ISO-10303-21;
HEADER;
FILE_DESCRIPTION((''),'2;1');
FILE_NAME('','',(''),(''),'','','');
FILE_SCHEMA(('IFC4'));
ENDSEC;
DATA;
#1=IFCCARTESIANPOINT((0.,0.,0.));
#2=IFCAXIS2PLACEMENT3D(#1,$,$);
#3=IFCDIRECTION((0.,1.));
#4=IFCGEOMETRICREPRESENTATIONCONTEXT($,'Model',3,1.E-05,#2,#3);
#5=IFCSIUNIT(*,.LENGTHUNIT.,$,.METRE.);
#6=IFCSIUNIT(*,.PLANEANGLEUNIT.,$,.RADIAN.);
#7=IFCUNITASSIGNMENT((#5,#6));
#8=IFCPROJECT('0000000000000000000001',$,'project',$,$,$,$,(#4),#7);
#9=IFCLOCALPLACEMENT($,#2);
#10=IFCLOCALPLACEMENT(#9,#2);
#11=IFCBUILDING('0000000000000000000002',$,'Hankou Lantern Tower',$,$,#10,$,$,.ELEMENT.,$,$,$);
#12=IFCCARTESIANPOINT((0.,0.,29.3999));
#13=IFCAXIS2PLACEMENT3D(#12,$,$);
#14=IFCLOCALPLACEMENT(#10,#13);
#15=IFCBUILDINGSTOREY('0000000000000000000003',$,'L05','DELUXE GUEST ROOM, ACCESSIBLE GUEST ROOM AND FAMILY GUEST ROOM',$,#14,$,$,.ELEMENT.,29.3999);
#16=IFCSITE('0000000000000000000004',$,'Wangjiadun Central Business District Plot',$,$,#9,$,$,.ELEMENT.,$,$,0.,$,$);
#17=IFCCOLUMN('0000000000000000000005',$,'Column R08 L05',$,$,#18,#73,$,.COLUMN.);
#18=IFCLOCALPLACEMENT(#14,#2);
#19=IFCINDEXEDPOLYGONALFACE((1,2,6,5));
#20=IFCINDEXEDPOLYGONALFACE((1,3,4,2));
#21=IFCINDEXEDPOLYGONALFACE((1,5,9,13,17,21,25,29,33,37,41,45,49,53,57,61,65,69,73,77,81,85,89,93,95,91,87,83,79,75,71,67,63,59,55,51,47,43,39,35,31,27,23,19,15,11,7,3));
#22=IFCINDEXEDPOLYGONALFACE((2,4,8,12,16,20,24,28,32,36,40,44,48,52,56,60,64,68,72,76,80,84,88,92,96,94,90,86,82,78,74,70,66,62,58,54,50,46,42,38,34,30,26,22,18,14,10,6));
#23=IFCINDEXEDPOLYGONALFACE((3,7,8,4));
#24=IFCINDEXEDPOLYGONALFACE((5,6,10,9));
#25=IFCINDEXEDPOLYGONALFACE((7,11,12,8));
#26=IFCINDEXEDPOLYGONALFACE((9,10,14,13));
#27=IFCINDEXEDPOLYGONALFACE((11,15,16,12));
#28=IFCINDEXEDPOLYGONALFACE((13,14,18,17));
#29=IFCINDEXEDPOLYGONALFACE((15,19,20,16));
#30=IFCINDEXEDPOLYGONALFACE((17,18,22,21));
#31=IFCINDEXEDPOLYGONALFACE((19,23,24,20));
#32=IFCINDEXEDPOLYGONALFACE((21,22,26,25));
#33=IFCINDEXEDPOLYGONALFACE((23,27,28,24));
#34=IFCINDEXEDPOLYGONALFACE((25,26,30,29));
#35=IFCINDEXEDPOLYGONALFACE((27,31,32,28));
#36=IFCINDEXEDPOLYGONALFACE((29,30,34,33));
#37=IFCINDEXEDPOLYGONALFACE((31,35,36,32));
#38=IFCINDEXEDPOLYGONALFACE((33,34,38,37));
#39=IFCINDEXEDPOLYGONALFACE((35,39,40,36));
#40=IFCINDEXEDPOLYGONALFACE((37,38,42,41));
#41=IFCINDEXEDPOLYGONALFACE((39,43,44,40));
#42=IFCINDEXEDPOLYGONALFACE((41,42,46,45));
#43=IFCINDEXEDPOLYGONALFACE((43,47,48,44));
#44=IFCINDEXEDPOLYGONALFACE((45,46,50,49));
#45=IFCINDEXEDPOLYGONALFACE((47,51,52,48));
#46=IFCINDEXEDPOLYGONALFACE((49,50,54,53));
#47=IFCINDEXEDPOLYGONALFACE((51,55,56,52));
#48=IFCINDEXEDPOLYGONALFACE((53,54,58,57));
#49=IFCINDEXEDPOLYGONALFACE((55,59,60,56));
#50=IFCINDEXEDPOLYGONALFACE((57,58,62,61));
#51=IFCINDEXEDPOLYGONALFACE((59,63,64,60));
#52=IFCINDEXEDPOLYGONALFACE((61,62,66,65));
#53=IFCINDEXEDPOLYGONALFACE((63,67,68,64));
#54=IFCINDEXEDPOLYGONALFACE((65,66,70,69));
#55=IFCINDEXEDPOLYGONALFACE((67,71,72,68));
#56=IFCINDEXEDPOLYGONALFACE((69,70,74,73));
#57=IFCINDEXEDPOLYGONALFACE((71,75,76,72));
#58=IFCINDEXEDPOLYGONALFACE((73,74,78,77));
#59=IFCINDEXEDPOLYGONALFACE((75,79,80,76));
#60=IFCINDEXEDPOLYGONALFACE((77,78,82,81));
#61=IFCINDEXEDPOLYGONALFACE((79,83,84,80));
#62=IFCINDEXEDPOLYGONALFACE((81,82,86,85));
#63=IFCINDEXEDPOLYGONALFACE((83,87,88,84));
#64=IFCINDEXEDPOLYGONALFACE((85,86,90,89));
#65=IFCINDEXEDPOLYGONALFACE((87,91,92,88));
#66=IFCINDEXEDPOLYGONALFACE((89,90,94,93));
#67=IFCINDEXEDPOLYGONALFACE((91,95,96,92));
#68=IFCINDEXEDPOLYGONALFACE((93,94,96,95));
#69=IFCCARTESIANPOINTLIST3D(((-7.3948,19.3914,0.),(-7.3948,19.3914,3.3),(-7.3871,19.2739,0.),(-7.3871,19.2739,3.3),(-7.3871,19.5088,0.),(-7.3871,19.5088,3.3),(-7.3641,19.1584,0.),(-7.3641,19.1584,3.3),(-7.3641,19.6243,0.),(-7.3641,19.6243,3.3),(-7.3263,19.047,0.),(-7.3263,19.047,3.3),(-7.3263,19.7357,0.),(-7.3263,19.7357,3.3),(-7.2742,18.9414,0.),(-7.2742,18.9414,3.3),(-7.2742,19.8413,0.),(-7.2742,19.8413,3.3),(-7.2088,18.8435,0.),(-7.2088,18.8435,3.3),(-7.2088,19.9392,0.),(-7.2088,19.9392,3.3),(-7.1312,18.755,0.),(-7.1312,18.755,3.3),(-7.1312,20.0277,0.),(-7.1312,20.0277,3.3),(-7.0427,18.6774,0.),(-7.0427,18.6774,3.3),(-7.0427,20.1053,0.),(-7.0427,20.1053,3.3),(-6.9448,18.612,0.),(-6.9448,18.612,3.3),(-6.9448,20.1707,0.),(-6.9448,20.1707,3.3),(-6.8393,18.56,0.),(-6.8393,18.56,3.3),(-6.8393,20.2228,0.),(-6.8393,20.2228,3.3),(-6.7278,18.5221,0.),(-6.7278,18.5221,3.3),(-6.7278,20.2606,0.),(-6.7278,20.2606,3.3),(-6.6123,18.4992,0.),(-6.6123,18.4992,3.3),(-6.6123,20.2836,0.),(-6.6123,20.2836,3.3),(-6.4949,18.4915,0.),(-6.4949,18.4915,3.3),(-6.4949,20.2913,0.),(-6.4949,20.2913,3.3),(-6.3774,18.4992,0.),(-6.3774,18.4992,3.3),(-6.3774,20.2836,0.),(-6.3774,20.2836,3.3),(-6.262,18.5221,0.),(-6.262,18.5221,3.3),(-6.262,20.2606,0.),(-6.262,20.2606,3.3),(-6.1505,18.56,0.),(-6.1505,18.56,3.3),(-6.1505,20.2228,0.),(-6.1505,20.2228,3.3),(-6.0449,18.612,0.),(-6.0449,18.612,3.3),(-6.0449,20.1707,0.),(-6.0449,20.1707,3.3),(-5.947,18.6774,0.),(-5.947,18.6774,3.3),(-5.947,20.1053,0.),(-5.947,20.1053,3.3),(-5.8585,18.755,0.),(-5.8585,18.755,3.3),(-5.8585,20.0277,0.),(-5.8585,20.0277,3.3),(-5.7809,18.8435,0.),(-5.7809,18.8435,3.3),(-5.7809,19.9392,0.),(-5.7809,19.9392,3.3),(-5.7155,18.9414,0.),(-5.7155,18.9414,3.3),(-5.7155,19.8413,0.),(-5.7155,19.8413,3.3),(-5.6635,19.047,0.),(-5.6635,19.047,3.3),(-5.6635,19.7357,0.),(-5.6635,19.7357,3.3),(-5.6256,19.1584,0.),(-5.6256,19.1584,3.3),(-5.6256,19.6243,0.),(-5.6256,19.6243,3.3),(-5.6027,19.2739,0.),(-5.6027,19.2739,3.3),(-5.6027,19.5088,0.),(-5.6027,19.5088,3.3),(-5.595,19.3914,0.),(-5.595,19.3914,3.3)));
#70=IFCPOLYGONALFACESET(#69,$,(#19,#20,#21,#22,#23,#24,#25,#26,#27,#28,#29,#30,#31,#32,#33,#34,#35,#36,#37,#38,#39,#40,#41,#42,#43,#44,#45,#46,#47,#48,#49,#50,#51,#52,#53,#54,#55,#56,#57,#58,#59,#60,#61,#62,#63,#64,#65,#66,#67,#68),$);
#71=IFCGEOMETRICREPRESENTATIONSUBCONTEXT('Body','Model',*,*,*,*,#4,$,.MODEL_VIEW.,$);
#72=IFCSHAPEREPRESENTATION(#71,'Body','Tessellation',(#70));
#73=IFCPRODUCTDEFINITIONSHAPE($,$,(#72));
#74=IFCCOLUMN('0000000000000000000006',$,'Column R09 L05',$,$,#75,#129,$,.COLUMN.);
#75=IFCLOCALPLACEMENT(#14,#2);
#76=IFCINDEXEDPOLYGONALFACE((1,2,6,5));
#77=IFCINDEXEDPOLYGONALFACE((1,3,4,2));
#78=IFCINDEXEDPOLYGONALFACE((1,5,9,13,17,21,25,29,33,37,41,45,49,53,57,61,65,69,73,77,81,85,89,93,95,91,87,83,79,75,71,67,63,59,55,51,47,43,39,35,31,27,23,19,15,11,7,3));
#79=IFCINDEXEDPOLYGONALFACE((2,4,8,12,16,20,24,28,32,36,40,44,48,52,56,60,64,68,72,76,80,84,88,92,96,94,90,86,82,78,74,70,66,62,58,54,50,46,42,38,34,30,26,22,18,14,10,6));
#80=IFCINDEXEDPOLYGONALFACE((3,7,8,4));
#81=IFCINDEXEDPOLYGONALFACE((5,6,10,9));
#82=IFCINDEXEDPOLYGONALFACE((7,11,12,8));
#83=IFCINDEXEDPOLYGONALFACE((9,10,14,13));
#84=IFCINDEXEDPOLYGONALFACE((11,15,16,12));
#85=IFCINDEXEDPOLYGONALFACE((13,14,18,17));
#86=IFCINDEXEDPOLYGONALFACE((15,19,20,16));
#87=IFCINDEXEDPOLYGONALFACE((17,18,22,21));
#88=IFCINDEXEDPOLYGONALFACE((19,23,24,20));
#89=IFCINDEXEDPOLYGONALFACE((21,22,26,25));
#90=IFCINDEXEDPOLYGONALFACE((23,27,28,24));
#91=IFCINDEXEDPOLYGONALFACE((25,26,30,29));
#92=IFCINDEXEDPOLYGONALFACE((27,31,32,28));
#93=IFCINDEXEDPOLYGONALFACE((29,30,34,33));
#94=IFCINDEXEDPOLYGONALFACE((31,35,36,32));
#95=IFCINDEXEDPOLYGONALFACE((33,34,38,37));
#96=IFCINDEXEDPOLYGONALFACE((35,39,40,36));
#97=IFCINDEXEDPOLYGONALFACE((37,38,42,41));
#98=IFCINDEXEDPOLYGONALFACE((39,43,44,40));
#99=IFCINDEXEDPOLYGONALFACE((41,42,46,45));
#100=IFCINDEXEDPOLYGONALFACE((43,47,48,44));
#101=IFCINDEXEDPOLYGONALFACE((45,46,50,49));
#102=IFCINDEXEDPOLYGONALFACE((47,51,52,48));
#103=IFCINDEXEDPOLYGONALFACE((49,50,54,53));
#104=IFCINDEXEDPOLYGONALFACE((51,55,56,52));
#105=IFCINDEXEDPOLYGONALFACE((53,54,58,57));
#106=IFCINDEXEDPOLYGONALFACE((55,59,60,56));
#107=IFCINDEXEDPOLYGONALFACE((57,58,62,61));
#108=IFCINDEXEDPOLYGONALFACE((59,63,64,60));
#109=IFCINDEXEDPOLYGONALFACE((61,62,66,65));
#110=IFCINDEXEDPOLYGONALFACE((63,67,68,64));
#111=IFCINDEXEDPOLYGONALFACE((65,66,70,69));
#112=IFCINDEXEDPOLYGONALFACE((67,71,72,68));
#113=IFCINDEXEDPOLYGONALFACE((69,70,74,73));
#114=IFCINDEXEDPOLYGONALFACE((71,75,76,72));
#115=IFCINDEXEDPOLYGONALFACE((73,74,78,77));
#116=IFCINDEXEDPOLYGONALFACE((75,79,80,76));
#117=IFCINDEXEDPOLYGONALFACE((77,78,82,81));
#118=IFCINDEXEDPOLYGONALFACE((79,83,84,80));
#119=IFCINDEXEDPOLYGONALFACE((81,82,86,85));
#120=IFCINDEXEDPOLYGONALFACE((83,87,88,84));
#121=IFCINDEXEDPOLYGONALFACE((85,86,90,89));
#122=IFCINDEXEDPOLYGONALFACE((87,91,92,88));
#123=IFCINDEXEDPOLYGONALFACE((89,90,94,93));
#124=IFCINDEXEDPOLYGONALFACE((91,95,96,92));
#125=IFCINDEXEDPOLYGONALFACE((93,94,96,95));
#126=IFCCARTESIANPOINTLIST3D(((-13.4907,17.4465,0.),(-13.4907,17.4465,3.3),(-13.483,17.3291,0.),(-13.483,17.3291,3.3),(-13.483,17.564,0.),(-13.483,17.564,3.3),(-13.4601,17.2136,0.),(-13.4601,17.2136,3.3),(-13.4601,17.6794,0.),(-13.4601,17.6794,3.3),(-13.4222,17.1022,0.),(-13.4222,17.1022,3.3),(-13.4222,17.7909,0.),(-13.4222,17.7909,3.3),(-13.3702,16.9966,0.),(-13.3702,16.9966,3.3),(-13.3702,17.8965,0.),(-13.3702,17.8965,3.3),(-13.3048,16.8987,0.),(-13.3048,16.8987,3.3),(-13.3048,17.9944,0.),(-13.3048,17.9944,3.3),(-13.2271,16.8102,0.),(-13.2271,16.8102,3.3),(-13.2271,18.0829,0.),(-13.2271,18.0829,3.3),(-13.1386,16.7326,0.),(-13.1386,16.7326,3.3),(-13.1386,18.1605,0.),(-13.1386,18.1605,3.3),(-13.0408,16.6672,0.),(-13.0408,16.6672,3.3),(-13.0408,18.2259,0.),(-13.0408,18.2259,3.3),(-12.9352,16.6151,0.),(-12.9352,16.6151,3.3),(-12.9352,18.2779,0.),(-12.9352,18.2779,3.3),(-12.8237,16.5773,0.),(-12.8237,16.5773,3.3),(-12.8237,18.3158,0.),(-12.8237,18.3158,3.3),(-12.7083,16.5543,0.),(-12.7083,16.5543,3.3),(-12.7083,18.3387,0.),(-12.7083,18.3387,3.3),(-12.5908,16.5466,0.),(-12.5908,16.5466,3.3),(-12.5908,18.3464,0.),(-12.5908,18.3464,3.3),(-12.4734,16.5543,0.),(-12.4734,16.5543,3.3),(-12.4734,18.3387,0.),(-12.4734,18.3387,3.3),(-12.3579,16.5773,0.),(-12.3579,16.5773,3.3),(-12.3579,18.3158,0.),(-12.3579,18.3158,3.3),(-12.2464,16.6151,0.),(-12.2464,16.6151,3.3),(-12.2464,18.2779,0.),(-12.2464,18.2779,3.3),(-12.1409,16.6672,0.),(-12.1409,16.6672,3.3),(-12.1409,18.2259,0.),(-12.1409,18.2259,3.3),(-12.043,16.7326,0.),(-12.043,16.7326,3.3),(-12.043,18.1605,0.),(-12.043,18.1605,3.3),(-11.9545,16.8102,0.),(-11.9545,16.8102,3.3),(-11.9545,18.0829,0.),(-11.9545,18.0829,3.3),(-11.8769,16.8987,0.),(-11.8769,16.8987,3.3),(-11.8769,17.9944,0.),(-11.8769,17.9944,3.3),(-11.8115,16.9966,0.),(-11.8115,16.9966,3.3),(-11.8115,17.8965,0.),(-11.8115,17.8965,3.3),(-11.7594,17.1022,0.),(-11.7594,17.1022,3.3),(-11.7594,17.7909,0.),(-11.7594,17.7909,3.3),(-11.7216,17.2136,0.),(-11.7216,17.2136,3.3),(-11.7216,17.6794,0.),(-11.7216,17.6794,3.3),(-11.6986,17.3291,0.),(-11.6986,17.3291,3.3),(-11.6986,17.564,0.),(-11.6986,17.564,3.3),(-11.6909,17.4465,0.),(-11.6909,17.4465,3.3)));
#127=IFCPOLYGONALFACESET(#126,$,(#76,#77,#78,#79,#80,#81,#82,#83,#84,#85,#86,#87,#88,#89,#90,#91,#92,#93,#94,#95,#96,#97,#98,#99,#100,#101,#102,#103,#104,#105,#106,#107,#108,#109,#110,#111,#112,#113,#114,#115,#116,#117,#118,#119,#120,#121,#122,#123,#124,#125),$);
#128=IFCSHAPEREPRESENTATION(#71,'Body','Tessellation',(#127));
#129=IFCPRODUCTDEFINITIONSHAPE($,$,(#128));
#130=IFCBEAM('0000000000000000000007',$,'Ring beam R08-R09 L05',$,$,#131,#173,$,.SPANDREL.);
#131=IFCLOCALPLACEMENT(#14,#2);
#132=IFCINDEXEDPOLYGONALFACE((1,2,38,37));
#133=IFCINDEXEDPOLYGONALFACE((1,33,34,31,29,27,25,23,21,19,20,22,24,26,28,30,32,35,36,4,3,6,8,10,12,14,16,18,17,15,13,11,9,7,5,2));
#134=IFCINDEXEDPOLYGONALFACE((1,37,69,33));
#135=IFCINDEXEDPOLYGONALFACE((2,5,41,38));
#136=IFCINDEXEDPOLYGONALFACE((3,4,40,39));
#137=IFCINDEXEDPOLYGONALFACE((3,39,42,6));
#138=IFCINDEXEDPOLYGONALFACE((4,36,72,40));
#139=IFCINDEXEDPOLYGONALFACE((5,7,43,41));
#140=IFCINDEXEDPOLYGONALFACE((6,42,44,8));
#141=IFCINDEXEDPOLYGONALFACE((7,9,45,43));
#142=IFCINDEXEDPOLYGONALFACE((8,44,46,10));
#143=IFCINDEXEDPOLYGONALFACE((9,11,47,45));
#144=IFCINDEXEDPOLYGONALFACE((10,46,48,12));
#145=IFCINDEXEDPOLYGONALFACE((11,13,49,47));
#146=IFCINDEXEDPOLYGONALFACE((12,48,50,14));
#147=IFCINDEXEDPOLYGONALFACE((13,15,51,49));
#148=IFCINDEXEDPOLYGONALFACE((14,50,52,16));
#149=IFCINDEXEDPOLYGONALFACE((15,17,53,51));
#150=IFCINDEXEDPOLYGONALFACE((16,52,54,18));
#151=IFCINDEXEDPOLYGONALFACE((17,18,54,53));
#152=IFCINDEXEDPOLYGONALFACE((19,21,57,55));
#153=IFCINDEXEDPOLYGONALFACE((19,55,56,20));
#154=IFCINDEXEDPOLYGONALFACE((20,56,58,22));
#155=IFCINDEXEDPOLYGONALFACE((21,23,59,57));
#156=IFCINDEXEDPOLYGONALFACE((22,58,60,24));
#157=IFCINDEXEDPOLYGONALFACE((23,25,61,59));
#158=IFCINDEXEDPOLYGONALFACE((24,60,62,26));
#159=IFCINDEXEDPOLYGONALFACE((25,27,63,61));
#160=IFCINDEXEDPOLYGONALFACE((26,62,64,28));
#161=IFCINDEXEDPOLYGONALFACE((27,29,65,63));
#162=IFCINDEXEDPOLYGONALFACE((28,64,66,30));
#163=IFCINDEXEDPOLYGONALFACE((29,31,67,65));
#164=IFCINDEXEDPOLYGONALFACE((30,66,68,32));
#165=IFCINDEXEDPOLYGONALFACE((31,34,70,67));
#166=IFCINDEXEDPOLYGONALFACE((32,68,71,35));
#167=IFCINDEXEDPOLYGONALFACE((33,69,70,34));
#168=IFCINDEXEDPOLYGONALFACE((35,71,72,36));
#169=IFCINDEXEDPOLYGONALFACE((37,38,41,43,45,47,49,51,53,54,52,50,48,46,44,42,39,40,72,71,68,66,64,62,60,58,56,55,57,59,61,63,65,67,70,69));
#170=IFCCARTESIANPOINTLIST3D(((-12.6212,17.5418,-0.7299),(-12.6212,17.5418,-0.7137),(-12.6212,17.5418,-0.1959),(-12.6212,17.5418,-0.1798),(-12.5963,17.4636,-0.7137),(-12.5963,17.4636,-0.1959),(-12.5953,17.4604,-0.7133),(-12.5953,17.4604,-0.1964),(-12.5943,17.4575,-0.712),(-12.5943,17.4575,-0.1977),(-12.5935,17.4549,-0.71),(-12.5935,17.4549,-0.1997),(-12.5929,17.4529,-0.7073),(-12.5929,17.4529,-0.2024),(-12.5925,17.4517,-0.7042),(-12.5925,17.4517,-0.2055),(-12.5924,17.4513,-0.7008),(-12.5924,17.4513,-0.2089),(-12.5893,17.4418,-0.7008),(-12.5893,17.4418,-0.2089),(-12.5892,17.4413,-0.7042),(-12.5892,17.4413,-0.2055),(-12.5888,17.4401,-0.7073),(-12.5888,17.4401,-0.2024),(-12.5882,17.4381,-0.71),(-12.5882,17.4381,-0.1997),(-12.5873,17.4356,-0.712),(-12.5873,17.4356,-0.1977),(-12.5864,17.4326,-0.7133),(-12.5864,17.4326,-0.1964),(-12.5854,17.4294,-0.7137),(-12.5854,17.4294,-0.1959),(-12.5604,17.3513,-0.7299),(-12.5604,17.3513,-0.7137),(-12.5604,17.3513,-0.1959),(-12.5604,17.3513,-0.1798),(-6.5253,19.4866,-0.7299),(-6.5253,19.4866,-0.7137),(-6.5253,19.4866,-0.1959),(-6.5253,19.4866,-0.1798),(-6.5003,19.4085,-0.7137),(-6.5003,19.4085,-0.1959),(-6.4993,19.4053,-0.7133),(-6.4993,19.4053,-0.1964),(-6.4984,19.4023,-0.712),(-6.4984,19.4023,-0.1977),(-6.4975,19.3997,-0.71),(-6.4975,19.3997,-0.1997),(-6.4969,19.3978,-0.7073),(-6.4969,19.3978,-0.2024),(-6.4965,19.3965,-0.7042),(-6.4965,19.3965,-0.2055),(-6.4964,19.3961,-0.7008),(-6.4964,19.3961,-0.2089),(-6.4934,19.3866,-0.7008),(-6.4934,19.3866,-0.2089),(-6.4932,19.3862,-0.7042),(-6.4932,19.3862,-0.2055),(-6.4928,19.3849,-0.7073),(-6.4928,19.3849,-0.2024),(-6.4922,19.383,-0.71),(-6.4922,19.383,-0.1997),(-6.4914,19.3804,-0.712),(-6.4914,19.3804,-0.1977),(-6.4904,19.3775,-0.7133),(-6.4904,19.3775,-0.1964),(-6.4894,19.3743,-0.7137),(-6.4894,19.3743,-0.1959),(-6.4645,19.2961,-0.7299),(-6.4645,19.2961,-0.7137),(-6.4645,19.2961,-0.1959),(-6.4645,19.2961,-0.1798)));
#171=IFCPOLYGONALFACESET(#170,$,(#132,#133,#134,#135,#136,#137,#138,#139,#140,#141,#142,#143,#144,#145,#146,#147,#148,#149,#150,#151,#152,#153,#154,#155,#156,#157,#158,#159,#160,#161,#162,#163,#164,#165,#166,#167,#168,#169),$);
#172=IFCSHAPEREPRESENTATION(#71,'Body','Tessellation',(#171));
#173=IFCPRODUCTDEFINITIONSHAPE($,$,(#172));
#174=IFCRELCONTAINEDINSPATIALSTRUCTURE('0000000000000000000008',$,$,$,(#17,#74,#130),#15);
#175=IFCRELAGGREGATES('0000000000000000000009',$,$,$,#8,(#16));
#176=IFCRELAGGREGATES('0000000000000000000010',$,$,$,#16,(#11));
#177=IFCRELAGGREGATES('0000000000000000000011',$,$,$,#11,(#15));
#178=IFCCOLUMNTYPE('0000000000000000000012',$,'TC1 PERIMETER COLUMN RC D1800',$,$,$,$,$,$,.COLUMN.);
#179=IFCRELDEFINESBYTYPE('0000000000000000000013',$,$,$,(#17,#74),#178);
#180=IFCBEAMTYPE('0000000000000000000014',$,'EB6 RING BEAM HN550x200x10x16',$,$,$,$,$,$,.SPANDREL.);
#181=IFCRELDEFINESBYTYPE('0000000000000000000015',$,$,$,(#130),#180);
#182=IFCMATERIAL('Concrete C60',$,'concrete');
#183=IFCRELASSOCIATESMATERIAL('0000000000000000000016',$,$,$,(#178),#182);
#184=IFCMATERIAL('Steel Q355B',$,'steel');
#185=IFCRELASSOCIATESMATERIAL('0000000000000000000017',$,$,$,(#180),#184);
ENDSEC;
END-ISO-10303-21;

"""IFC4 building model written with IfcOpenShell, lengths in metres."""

from ifc_helpers import new_model, si_unit, direction, frame, origin, origin_2d, place, context, subcontext, project, spatial, circle, i_section, extrude, material, material_profile, profile_set, type_object, element, save


model = new_model("IFC4")

# Units and contexts
model_context = context("Model", 3, precision=1e-05, world=origin(), true_north=direction((0.0, 1.0)))
body_context = subcontext(model_context, "Body", "Model", "MODEL_VIEW")
ifc_project = project(units=[si_unit("LENGTHUNIT", "METRE"), si_unit("PLANEANGLEUNIT", "RADIAN")], contexts=[model_context])

# Site, building, storey
site_placement = place(None, origin())
site = spatial("IfcSite", under=ifc_project, at=site_placement, Name="Wangjiadun Central Business District Plot", CompositionType="ELEMENT", RefElevation=0.0)
building_placement = place(site_placement, origin())
building = spatial("IfcBuilding", under=site, at=building_placement, Name="Hankou Lantern Tower", CompositionType="ELEMENT")
storey_placement = place(building_placement, frame((0.0, 0.0, 29.3999)))
storey = spatial("IfcBuildingStorey", under=building, at=storey_placement, Name="L05", Description="DELUXE GUEST ROOM, ACCESSIBLE GUEST ROOM AND FAMILY GUEST ROOM", CompositionType="ELEMENT", Elevation=29.3999)

# Columns
ifc_material_1 = material(Name="Concrete C60", Category="concrete")
ifc_material_profile_1 = material_profile(ifc_material_1, circle(Radius=0.8999, at=origin_2d()), Name="RC D1800")
ifc_profile_set_1 = profile_set([ifc_material_profile_1], Name="Concrete C60")
column_type = type_object("IfcColumnType", Name="TC1 PERIMETER COLUMN RC D1800", PredefinedType="COLUMN", material=ifc_profile_set_1)
for number, where, z_axis, x_axis, name in (
    (1, (-6.4949, 19.3914, 0.0), (0.0, 0.0, 1.0), (1.0, 0.0, 0.0), "Column R08 L05"),
    (2, (-12.5908, 17.4465, 0.0), (0.0, 0.0, 1.0), (1.0, 0.0, 0.0), "Column R09 L05"),
):
    element("IfcColumn", number, at=place(storey_placement, frame(where, z_axis=z_axis, x_axis=x_axis)), inside=storey, type_object=column_type, Name=name, PredefinedType="COLUMN", context=body_context, shape_type="SweptSolid", body=[
        extrude(circle(Radius=0.8999, at=origin_2d()), origin(), (0.0, 0.0, 1.0), 3.3),
    ])

# Beam
ifc_material_2 = material(Name="Steel Q355B", Category="steel")
ifc_material_profile_2 = material_profile(ifc_material_2, i_section(OverallWidth=0.2, OverallDepth=0.55, WebThickness=0.01, FlangeThickness=0.0161, FilletRadius=0.0129, at=origin_2d()), Name="HN550x200x10x16")
ifc_profile_set_2 = profile_set([ifc_material_profile_2], Name="Steel Q355B")
beam_type_1 = type_object("IfcBeamType", Name="EB6 RING BEAM HN550x200x10x16", PredefinedType="SPANDREL", material=ifc_profile_set_2)
beam_1_placement = place(storey_placement, frame((-6.4949, 19.3914, -0.4548), z_axis=(-0.95269, -0.303942, 0.0), x_axis=(0.303942, -0.95269, 0.0)))
element("IfcBeam", 3, at=beam_1_placement, inside=storey, type_object=beam_type_1, Name="Ring beam R08-R09 L05", PredefinedType="SPANDREL", context=body_context, shape_type="SweptSolid", body=[
    extrude(i_section(OverallWidth=0.2, OverallDepth=0.55, WebThickness=0.01, FlangeThickness=0.0161, FilletRadius=0.0129, at=origin_2d()), origin(), (0.0, 0.0, 1.0), 6.3987),
])

save(model, "model.ifc")
